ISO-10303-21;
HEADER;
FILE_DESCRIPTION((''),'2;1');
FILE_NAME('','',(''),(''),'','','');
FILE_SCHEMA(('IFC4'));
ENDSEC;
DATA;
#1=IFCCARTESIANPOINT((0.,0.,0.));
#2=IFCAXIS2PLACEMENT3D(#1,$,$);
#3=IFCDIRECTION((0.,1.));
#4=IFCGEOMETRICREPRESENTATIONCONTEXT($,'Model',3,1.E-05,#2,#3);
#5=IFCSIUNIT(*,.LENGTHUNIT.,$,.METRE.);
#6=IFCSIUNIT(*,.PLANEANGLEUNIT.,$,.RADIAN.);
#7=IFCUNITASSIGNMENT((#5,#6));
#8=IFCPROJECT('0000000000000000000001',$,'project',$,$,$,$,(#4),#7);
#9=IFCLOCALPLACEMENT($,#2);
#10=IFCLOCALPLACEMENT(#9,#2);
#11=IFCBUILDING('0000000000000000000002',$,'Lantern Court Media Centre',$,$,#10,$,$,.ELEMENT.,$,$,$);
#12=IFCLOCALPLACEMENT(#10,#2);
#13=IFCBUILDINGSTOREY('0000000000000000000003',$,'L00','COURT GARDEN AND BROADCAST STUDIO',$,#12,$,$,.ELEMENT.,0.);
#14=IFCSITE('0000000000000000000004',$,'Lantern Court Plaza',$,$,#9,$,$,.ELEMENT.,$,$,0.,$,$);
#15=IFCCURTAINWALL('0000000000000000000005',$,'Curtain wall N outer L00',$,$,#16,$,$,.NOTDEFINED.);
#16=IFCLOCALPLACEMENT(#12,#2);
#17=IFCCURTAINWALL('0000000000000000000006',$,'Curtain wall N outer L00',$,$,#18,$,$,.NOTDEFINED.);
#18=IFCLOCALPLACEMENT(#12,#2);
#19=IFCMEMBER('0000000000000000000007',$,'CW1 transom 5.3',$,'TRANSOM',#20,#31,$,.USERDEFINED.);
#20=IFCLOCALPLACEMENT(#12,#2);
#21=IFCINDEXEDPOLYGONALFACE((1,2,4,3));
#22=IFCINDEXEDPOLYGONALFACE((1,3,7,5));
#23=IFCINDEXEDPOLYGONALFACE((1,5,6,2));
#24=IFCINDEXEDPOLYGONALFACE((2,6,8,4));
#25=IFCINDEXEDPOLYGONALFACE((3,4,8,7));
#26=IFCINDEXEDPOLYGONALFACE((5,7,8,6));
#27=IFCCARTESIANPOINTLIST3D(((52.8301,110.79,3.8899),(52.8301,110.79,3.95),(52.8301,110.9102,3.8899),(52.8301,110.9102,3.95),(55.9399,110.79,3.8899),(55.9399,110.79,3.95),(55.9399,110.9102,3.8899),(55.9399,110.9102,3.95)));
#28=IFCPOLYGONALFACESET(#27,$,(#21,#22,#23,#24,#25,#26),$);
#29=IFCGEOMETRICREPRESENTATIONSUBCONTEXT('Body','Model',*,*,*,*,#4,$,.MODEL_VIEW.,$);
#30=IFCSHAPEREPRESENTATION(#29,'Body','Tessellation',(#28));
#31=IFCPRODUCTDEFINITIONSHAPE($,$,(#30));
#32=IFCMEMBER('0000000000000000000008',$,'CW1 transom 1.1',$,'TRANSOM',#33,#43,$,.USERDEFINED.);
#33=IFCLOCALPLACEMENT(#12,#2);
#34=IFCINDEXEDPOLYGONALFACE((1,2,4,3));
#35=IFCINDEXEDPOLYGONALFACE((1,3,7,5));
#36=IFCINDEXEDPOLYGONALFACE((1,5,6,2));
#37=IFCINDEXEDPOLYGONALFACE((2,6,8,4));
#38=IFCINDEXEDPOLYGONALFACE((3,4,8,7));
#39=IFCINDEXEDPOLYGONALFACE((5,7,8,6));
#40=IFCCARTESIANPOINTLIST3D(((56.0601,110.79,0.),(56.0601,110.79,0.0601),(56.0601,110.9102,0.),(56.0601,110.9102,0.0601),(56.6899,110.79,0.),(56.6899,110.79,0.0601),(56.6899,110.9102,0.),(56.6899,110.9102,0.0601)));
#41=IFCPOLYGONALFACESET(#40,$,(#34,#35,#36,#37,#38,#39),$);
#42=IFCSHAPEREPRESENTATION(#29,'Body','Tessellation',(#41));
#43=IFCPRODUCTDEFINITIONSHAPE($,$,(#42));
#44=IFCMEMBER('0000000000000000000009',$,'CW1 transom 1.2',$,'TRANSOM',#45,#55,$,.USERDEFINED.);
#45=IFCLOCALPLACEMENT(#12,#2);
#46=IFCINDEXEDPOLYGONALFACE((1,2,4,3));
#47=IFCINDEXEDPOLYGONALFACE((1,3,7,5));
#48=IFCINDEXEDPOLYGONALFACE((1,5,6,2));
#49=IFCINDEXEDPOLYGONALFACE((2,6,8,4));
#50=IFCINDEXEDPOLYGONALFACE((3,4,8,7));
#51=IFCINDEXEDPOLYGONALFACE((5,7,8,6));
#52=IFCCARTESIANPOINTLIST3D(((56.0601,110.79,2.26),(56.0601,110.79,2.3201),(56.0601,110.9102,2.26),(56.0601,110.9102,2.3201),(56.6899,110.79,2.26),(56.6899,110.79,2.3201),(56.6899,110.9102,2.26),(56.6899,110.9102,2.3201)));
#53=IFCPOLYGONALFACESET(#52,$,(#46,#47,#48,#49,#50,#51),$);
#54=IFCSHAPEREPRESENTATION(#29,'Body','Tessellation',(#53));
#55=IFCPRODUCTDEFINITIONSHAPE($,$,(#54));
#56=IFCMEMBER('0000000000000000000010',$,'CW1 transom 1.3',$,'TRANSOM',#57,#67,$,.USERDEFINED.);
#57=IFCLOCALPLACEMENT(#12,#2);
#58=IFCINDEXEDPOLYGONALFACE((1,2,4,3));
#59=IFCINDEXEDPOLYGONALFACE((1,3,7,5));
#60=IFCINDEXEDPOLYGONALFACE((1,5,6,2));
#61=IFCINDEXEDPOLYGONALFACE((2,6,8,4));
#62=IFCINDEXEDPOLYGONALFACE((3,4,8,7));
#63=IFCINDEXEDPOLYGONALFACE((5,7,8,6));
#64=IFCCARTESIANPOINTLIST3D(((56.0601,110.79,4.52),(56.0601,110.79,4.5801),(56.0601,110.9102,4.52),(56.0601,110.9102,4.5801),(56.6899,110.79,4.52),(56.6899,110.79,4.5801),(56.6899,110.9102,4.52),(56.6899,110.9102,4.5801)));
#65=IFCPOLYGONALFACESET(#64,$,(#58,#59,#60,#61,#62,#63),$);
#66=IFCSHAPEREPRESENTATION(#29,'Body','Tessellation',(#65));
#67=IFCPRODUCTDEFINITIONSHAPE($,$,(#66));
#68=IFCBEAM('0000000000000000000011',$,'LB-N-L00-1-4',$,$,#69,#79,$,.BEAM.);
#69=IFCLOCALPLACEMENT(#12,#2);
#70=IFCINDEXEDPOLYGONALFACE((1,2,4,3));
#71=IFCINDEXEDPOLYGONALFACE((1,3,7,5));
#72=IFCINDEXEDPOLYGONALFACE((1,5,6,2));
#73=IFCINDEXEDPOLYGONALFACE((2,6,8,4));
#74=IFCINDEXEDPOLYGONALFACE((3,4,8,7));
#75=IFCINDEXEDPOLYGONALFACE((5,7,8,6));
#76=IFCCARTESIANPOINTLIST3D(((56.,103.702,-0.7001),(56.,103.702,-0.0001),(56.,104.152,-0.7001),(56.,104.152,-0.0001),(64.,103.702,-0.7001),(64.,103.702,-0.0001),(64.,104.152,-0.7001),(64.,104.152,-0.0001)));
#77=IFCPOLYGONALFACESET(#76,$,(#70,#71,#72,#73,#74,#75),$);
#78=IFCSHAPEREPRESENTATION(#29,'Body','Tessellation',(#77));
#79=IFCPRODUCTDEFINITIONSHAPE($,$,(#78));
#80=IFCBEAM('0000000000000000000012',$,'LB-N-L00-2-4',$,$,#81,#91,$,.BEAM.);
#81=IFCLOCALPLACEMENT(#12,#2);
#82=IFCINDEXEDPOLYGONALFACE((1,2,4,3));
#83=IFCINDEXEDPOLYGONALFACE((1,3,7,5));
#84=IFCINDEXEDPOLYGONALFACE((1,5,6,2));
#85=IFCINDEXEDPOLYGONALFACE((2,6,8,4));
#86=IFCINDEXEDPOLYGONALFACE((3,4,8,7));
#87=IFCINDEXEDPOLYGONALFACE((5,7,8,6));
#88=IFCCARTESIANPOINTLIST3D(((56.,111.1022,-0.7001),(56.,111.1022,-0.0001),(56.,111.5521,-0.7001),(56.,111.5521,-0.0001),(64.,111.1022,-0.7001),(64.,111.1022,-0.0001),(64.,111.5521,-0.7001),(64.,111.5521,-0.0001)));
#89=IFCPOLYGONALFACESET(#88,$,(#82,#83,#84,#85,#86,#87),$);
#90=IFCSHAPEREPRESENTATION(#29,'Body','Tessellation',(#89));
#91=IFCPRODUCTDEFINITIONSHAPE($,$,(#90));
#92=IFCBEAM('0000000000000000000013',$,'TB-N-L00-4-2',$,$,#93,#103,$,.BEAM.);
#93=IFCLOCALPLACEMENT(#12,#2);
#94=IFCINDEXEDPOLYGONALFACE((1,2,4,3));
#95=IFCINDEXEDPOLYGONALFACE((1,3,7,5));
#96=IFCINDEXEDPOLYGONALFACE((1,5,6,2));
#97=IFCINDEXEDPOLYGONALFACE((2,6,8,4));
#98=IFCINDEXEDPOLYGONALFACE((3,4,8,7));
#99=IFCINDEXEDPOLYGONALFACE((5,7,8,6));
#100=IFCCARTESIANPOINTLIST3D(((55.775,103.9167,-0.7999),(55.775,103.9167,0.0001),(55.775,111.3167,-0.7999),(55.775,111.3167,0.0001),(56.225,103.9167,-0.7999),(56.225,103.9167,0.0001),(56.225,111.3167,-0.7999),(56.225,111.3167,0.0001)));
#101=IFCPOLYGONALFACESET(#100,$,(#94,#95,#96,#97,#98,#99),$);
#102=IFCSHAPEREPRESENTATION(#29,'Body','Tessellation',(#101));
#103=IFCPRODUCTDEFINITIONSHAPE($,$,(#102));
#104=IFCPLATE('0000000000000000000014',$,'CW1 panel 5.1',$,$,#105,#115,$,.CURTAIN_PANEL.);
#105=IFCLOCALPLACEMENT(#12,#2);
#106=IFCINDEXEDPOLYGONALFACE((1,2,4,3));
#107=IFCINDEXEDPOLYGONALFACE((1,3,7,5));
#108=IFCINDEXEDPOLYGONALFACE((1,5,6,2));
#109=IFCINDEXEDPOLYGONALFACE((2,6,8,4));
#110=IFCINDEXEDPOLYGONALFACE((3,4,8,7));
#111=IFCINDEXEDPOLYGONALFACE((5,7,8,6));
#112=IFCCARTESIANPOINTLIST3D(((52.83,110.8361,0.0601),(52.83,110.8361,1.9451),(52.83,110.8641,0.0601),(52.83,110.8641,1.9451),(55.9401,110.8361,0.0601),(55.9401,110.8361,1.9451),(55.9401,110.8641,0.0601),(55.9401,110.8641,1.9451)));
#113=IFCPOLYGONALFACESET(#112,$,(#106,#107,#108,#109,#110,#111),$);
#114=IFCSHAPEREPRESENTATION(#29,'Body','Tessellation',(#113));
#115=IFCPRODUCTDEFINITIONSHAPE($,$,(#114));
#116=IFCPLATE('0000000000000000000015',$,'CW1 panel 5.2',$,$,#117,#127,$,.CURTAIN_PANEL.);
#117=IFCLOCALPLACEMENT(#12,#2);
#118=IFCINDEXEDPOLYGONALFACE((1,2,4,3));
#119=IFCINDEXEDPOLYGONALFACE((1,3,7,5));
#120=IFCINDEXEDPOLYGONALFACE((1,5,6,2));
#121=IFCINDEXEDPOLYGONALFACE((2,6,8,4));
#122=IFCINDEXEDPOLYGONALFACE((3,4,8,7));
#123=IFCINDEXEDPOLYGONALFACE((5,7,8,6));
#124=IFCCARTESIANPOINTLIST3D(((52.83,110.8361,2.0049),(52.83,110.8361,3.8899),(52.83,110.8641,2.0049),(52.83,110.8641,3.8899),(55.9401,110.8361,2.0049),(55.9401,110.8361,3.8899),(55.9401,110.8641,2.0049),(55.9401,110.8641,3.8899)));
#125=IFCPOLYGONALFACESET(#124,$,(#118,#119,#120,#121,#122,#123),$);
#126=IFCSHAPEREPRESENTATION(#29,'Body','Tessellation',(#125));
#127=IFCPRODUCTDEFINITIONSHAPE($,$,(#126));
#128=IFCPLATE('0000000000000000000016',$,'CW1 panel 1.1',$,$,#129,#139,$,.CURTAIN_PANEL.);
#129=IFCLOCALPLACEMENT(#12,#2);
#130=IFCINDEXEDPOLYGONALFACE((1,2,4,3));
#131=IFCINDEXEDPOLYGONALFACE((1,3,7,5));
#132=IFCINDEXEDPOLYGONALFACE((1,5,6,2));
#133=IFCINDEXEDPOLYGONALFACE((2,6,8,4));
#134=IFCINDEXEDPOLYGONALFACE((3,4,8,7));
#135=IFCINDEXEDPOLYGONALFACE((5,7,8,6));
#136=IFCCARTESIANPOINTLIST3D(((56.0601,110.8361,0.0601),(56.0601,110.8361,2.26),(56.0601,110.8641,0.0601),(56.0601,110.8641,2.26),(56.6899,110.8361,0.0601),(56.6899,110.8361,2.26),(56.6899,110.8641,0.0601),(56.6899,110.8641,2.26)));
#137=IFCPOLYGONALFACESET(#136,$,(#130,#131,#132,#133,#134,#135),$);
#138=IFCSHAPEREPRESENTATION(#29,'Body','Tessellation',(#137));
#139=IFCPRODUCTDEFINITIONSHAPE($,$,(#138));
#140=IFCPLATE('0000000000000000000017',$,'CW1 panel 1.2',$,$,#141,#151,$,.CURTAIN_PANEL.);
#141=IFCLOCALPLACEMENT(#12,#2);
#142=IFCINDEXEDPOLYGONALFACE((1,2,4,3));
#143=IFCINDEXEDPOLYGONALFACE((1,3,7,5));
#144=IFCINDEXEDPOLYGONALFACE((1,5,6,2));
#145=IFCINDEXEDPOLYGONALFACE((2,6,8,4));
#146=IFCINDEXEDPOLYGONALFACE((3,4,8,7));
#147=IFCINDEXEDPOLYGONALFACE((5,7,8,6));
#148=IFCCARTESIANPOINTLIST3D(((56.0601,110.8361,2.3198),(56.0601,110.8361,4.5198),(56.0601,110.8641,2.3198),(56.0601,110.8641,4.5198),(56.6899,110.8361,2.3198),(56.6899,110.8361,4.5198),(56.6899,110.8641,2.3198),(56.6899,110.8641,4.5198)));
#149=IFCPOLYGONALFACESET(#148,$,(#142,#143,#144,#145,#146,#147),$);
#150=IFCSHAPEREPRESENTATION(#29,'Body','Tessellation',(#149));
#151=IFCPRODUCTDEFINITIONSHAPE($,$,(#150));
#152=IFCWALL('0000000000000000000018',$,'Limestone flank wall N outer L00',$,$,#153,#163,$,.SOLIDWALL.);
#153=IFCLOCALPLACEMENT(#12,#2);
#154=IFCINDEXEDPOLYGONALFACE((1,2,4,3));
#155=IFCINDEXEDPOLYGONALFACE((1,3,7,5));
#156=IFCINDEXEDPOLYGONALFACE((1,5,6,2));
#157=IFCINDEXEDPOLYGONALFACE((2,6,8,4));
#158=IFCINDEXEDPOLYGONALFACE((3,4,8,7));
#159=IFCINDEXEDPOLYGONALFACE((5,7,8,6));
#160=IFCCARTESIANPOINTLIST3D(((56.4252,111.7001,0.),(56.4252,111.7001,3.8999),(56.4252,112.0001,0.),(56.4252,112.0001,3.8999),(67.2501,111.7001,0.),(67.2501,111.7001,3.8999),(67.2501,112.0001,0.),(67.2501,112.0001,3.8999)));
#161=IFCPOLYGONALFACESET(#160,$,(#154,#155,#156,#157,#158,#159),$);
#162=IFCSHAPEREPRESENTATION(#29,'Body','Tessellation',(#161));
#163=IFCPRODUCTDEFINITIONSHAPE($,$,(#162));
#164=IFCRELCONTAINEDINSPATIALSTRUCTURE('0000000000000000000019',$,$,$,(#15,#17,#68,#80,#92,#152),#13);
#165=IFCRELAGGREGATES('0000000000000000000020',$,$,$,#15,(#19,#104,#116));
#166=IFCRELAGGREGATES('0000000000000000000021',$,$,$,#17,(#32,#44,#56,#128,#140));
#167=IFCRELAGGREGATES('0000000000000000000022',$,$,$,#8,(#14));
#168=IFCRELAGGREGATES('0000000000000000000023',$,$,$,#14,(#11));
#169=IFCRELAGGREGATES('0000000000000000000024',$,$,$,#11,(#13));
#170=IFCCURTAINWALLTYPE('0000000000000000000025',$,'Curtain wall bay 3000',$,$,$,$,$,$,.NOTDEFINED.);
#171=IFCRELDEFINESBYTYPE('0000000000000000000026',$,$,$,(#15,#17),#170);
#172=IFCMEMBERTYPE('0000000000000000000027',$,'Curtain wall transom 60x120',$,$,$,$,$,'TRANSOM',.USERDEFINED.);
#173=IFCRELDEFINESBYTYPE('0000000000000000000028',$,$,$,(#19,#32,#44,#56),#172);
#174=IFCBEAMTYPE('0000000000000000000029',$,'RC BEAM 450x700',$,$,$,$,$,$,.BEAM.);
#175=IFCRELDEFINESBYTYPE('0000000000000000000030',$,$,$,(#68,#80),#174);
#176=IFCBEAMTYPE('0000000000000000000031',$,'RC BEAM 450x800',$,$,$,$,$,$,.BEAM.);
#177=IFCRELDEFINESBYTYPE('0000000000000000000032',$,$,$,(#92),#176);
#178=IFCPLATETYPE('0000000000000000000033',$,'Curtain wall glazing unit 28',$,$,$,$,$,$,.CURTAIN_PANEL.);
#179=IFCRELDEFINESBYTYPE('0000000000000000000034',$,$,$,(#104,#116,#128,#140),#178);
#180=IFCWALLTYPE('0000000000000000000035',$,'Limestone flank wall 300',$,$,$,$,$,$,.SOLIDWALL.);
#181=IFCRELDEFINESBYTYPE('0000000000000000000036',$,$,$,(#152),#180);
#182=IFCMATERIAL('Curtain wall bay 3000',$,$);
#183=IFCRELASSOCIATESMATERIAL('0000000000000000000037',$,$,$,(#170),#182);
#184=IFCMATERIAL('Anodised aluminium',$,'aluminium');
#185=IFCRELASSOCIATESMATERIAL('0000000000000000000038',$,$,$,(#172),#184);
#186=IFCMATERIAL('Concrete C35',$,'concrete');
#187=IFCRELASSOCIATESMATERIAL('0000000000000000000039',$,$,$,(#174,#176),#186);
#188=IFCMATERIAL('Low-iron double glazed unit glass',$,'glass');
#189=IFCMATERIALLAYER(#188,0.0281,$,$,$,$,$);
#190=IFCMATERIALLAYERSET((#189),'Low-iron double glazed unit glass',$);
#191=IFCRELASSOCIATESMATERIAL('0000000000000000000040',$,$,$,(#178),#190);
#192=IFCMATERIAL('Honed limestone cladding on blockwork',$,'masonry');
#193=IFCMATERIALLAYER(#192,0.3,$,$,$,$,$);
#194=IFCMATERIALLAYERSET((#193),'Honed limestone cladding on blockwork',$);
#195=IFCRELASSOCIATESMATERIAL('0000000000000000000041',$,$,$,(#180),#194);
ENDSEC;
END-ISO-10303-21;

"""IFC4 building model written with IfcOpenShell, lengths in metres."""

from ifc_helpers import new_model, si_unit, direction, frame, frame_2d, origin, origin_2d, place, context, subcontext, project, spatial, rectangle, extrude, material, layer, layer_set, material_profile, profile_set, type_object, element, aggregate, save


model = new_model("IFC4")

# Units and contexts
model_context = context("Model", 3, precision=1e-05, world=origin(), true_north=direction((0.0, 1.0)))
body_context = subcontext(model_context, "Body", "Model", "MODEL_VIEW")
ifc_project = project(units=[si_unit("LENGTHUNIT", "METRE"), si_unit("PLANEANGLEUNIT", "RADIAN")], contexts=[model_context])

# Site, building, storey
site_placement = place(None, origin())
site = spatial("IfcSite", under=ifc_project, at=site_placement, Name="Lantern Court Plaza", CompositionType="ELEMENT", RefElevation=0.0)
building_placement = place(site_placement, origin())
building = spatial("IfcBuilding", under=site, at=building_placement, Name="Lantern Court Media Centre", CompositionType="ELEMENT")
storey_placement = place(building_placement, origin())
storey = spatial("IfcBuildingStorey", under=building, at=storey_placement, Name="L00", Description="COURT GARDEN AND BROADCAST STUDIO", CompositionType="ELEMENT", Elevation=0.0)

# Shared definitions
ifc_material_1 = material(Name="Concrete C35", Category="concrete")

# Curtain wall
ifc_material_2 = material(Name="Curtain wall bay 3000")
curtain_wall_type = type_object("IfcCurtainWallType", Name="Curtain wall bay 3000", PredefinedType="NOTDEFINED", material=ifc_material_2)
curtain_wall_1_placement = place(storey_placement, origin())
curtain_wall_1 = element("IfcCurtainWall", 1, at=curtain_wall_1_placement, inside=storey, type_object=curtain_wall_type, Name="Curtain wall N outer L00", PredefinedType="NOTDEFINED")
ifc_material_3 = material(Name="Anodised aluminium", Category="aluminium")

# Curtain wall
curtain_wall_2_placement = place(storey_placement, origin())
curtain_wall_2 = element("IfcCurtainWall", 2, at=curtain_wall_2_placement, inside=storey, type_object=curtain_wall_type, Name="Curtain wall N outer L00", PredefinedType="NOTDEFINED")

# Members
ifc_material_profile_1 = material_profile(ifc_material_3, rectangle(XDim=0.1201, YDim=0.0601, at=origin_2d()), Name="AL 60x120")
ifc_profile_set_1 = profile_set([ifc_material_profile_1], Name="Anodised aluminium")
member_type_1 = type_object("IfcMemberType", Name="Curtain wall transom 60x120", ElementType="TRANSOM", PredefinedType="USERDEFINED", material=ifc_profile_set_1)
member_1_placement = place(storey_placement, frame((52.8301, 110.8501, 3.9199), z_axis=(1.0, 0.0, 0.0), x_axis=(0.0, 1.0, 0.0)))
member_1 = element("IfcMember", 3, at=member_1_placement, type_object=member_type_1, Name="CW1 transom 5.3", ObjectType="TRANSOM", PredefinedType="USERDEFINED", context=body_context, shape_type="SweptSolid", body=[
    extrude(rectangle(XDim=0.1201, YDim=0.0601, at=origin_2d()), origin(), (0.0, 0.0, 1.0), 3.1099),
])
member_2_placement = place(storey_placement, frame((56.0601, 110.8501, 0.03), z_axis=(1.0, 0.0, 0.0), x_axis=(0.0, 1.0, 0.0)))
member_2 = element("IfcMember", 4, at=member_2_placement, type_object=member_type_1, Name="CW1 transom 1.1", ObjectType="TRANSOM", PredefinedType="USERDEFINED", context=body_context, shape_type="SweptSolid", body=[
    extrude(rectangle(XDim=0.1201, YDim=0.0601, at=origin_2d()), origin(), (0.0, 0.0, 1.0), 0.6299),
])
member_3_placement = place(storey_placement, frame((56.0601, 110.8501, 2.29), z_axis=(1.0, 0.0, 0.0), x_axis=(0.0, 1.0, 0.0)))
member_3 = element("IfcMember", 5, at=member_3_placement, type_object=member_type_1, Name="CW1 transom 1.2", ObjectType="TRANSOM", PredefinedType="USERDEFINED", context=body_context, shape_type="SweptSolid", body=[
    extrude(rectangle(XDim=0.1201, YDim=0.0601, at=origin_2d()), origin(), (0.0, 0.0, 1.0), 0.6299),
])
member_4_placement = place(storey_placement, frame((56.0601, 110.8501, 4.55), z_axis=(1.0, 0.0, 0.0), x_axis=(0.0, 1.0, 0.0)))
member_4 = element("IfcMember", 6, at=member_4_placement, type_object=member_type_1, Name="CW1 transom 1.3", ObjectType="TRANSOM", PredefinedType="USERDEFINED", context=body_context, shape_type="SweptSolid", body=[
    extrude(rectangle(XDim=0.1201, YDim=0.0601, at=origin_2d()), origin(), (0.0, 0.0, 1.0), 0.6299),
])

# Beams
ifc_material_profile_2 = material_profile(ifc_material_1, rectangle(XDim=0.45, YDim=0.7, at=origin_2d()), Name="RC 450x700")
ifc_profile_set_2 = profile_set([ifc_material_profile_2], Name="Concrete C35")
beam_type_1 = type_object("IfcBeamType", Name="RC BEAM 450x700", PredefinedType="BEAM", material=ifc_profile_set_2)
for number, where, z_axis, x_axis, name in (
    (7, (56.0, 103.927, -0.3501), (1.0, 0.0, 0.0), (0.0, 1.0, 0.0), "LB-N-L00-1-4"),
    (8, (56.0, 111.3271, -0.3501), (1.0, 0.0, 0.0), (0.0, 1.0, 0.0), "LB-N-L00-2-4"),
):
    element("IfcBeam", number, at=place(storey_placement, frame(where, z_axis=z_axis, x_axis=x_axis)), inside=storey, type_object=beam_type_1, Name=name, PredefinedType="BEAM", context=body_context, shape_type="SweptSolid", body=[
        extrude(rectangle(XDim=0.45, YDim=0.7, at=origin_2d()), origin(), (0.0, 0.0, 1.0), 8.0),
    ])
ifc_material_profile_3 = material_profile(ifc_material_1, rectangle(XDim=0.45, YDim=0.8, at=origin_2d()), Name="RC 450x800")
ifc_profile_set_3 = profile_set([ifc_material_profile_3], Name="Concrete C35")
beam_type_2 = type_object("IfcBeamType", Name="RC BEAM 450x800", PredefinedType="BEAM", material=ifc_profile_set_3)
beam_placement = place(storey_placement, frame((56.0, 103.9167, -0.3999), z_axis=(0.0, 1.0, 0.0), x_axis=(-1.0, 0.0, 0.0)))
element("IfcBeam", 9, at=beam_placement, inside=storey, type_object=beam_type_2, Name="TB-N-L00-4-2", PredefinedType="BEAM", context=body_context, shape_type="SweptSolid", body=[
    extrude(rectangle(XDim=0.45, YDim=0.8, at=origin_2d()), origin(), (0.0, 0.0, 1.0), 7.3999),
])

# Plates
ifc_material_4 = material(Name="Low-iron double glazed unit glass", Category="glass")
ifc_layer_1 = layer(ifc_material_4, 0.0281)
ifc_layer_set_1 = layer_set([ifc_layer_1], Name="Low-iron double glazed unit glass")
plate_type = type_object("IfcPlateType", Name="Curtain wall glazing unit 28", PredefinedType="CURTAIN_PANEL", material=ifc_layer_set_1)
plate_1_placement = place(storey_placement, frame((54.385, 110.8501, 0.0601), z_axis=(0.0, 0.0, 1.0), x_axis=(1.0, 0.0, 0.0)))
plate_1 = element("IfcPlate", 10, at=plate_1_placement, type_object=plate_type, Name="CW1 panel 5.1", PredefinedType="CURTAIN_PANEL", context=body_context, shape_type="SweptSolid", body=[
    extrude(rectangle(XDim=3.1101, YDim=0.0281, at=origin_2d()), origin(), (0.0, 0.0, 1.0), 1.885),
])
plate_2_placement = place(storey_placement, frame((54.385, 110.8501, 2.0049), z_axis=(0.0, 0.0, 1.0), x_axis=(1.0, 0.0, 0.0)))
plate_2 = element("IfcPlate", 11, at=plate_2_placement, type_object=plate_type, Name="CW1 panel 5.2", PredefinedType="CURTAIN_PANEL", context=body_context, shape_type="SweptSolid", body=[
    extrude(rectangle(XDim=3.1101, YDim=0.0281, at=origin_2d()), origin(), (0.0, 0.0, 1.0), 1.885),
])
aggregate(curtain_wall_1, [member_1, plate_1, plate_2])
plate_3_placement = place(storey_placement, frame((56.375, 110.8501, 0.0601), z_axis=(0.0, 0.0, 1.0), x_axis=(1.0, 0.0, 0.0)))
plate_3 = element("IfcPlate", 12, at=plate_3_placement, type_object=plate_type, Name="CW1 panel 1.1", PredefinedType="CURTAIN_PANEL", context=body_context, shape_type="SweptSolid", body=[
    extrude(rectangle(XDim=0.6299, YDim=0.0281, at=origin_2d()), origin(), (0.0, 0.0, 1.0), 2.2),
])
plate_4_placement = place(storey_placement, frame((56.375, 110.8501, 2.3198), z_axis=(0.0, 0.0, 1.0), x_axis=(1.0, 0.0, 0.0)))
plate_4 = element("IfcPlate", 13, at=plate_4_placement, type_object=plate_type, Name="CW1 panel 1.2", PredefinedType="CURTAIN_PANEL", context=body_context, shape_type="SweptSolid", body=[
    extrude(rectangle(XDim=0.6299, YDim=0.0281, at=origin_2d()), origin(), (0.0, 0.0, 1.0), 2.2),
])
aggregate(curtain_wall_2, [member_2, member_3, member_4, plate_3, plate_4])

# Wall
ifc_material_5 = material(Name="Honed limestone cladding on blockwork", Category="masonry")
ifc_layer_2 = layer(ifc_material_5, 0.3)
ifc_layer_set_2 = layer_set([ifc_layer_2], Name="Honed limestone cladding on blockwork")
wall_type_1 = type_object("IfcWallType", Name="Limestone flank wall 300", PredefinedType="SOLIDWALL", material=ifc_layer_set_2)
wall_1_placement = place(storey_placement, frame((56.425, 111.8501, 0.0), z_axis=(0.0, 0.0, 1.0), x_axis=(1.0, 0.0, 0.0)))
element("IfcWall", 14, at=wall_1_placement, inside=storey, type_object=wall_type_1, Name="Limestone flank wall N outer L00", PredefinedType="SOLIDWALL", context=body_context, shape_type="SweptSolid", body=[
    extrude(rectangle(XDim=10.825, YDim=0.3, at=frame_2d((5.4126, 0.0))), origin(), (0.0, 0.0, 1.0), 3.8999),
])

save(model, "model.ifc")
